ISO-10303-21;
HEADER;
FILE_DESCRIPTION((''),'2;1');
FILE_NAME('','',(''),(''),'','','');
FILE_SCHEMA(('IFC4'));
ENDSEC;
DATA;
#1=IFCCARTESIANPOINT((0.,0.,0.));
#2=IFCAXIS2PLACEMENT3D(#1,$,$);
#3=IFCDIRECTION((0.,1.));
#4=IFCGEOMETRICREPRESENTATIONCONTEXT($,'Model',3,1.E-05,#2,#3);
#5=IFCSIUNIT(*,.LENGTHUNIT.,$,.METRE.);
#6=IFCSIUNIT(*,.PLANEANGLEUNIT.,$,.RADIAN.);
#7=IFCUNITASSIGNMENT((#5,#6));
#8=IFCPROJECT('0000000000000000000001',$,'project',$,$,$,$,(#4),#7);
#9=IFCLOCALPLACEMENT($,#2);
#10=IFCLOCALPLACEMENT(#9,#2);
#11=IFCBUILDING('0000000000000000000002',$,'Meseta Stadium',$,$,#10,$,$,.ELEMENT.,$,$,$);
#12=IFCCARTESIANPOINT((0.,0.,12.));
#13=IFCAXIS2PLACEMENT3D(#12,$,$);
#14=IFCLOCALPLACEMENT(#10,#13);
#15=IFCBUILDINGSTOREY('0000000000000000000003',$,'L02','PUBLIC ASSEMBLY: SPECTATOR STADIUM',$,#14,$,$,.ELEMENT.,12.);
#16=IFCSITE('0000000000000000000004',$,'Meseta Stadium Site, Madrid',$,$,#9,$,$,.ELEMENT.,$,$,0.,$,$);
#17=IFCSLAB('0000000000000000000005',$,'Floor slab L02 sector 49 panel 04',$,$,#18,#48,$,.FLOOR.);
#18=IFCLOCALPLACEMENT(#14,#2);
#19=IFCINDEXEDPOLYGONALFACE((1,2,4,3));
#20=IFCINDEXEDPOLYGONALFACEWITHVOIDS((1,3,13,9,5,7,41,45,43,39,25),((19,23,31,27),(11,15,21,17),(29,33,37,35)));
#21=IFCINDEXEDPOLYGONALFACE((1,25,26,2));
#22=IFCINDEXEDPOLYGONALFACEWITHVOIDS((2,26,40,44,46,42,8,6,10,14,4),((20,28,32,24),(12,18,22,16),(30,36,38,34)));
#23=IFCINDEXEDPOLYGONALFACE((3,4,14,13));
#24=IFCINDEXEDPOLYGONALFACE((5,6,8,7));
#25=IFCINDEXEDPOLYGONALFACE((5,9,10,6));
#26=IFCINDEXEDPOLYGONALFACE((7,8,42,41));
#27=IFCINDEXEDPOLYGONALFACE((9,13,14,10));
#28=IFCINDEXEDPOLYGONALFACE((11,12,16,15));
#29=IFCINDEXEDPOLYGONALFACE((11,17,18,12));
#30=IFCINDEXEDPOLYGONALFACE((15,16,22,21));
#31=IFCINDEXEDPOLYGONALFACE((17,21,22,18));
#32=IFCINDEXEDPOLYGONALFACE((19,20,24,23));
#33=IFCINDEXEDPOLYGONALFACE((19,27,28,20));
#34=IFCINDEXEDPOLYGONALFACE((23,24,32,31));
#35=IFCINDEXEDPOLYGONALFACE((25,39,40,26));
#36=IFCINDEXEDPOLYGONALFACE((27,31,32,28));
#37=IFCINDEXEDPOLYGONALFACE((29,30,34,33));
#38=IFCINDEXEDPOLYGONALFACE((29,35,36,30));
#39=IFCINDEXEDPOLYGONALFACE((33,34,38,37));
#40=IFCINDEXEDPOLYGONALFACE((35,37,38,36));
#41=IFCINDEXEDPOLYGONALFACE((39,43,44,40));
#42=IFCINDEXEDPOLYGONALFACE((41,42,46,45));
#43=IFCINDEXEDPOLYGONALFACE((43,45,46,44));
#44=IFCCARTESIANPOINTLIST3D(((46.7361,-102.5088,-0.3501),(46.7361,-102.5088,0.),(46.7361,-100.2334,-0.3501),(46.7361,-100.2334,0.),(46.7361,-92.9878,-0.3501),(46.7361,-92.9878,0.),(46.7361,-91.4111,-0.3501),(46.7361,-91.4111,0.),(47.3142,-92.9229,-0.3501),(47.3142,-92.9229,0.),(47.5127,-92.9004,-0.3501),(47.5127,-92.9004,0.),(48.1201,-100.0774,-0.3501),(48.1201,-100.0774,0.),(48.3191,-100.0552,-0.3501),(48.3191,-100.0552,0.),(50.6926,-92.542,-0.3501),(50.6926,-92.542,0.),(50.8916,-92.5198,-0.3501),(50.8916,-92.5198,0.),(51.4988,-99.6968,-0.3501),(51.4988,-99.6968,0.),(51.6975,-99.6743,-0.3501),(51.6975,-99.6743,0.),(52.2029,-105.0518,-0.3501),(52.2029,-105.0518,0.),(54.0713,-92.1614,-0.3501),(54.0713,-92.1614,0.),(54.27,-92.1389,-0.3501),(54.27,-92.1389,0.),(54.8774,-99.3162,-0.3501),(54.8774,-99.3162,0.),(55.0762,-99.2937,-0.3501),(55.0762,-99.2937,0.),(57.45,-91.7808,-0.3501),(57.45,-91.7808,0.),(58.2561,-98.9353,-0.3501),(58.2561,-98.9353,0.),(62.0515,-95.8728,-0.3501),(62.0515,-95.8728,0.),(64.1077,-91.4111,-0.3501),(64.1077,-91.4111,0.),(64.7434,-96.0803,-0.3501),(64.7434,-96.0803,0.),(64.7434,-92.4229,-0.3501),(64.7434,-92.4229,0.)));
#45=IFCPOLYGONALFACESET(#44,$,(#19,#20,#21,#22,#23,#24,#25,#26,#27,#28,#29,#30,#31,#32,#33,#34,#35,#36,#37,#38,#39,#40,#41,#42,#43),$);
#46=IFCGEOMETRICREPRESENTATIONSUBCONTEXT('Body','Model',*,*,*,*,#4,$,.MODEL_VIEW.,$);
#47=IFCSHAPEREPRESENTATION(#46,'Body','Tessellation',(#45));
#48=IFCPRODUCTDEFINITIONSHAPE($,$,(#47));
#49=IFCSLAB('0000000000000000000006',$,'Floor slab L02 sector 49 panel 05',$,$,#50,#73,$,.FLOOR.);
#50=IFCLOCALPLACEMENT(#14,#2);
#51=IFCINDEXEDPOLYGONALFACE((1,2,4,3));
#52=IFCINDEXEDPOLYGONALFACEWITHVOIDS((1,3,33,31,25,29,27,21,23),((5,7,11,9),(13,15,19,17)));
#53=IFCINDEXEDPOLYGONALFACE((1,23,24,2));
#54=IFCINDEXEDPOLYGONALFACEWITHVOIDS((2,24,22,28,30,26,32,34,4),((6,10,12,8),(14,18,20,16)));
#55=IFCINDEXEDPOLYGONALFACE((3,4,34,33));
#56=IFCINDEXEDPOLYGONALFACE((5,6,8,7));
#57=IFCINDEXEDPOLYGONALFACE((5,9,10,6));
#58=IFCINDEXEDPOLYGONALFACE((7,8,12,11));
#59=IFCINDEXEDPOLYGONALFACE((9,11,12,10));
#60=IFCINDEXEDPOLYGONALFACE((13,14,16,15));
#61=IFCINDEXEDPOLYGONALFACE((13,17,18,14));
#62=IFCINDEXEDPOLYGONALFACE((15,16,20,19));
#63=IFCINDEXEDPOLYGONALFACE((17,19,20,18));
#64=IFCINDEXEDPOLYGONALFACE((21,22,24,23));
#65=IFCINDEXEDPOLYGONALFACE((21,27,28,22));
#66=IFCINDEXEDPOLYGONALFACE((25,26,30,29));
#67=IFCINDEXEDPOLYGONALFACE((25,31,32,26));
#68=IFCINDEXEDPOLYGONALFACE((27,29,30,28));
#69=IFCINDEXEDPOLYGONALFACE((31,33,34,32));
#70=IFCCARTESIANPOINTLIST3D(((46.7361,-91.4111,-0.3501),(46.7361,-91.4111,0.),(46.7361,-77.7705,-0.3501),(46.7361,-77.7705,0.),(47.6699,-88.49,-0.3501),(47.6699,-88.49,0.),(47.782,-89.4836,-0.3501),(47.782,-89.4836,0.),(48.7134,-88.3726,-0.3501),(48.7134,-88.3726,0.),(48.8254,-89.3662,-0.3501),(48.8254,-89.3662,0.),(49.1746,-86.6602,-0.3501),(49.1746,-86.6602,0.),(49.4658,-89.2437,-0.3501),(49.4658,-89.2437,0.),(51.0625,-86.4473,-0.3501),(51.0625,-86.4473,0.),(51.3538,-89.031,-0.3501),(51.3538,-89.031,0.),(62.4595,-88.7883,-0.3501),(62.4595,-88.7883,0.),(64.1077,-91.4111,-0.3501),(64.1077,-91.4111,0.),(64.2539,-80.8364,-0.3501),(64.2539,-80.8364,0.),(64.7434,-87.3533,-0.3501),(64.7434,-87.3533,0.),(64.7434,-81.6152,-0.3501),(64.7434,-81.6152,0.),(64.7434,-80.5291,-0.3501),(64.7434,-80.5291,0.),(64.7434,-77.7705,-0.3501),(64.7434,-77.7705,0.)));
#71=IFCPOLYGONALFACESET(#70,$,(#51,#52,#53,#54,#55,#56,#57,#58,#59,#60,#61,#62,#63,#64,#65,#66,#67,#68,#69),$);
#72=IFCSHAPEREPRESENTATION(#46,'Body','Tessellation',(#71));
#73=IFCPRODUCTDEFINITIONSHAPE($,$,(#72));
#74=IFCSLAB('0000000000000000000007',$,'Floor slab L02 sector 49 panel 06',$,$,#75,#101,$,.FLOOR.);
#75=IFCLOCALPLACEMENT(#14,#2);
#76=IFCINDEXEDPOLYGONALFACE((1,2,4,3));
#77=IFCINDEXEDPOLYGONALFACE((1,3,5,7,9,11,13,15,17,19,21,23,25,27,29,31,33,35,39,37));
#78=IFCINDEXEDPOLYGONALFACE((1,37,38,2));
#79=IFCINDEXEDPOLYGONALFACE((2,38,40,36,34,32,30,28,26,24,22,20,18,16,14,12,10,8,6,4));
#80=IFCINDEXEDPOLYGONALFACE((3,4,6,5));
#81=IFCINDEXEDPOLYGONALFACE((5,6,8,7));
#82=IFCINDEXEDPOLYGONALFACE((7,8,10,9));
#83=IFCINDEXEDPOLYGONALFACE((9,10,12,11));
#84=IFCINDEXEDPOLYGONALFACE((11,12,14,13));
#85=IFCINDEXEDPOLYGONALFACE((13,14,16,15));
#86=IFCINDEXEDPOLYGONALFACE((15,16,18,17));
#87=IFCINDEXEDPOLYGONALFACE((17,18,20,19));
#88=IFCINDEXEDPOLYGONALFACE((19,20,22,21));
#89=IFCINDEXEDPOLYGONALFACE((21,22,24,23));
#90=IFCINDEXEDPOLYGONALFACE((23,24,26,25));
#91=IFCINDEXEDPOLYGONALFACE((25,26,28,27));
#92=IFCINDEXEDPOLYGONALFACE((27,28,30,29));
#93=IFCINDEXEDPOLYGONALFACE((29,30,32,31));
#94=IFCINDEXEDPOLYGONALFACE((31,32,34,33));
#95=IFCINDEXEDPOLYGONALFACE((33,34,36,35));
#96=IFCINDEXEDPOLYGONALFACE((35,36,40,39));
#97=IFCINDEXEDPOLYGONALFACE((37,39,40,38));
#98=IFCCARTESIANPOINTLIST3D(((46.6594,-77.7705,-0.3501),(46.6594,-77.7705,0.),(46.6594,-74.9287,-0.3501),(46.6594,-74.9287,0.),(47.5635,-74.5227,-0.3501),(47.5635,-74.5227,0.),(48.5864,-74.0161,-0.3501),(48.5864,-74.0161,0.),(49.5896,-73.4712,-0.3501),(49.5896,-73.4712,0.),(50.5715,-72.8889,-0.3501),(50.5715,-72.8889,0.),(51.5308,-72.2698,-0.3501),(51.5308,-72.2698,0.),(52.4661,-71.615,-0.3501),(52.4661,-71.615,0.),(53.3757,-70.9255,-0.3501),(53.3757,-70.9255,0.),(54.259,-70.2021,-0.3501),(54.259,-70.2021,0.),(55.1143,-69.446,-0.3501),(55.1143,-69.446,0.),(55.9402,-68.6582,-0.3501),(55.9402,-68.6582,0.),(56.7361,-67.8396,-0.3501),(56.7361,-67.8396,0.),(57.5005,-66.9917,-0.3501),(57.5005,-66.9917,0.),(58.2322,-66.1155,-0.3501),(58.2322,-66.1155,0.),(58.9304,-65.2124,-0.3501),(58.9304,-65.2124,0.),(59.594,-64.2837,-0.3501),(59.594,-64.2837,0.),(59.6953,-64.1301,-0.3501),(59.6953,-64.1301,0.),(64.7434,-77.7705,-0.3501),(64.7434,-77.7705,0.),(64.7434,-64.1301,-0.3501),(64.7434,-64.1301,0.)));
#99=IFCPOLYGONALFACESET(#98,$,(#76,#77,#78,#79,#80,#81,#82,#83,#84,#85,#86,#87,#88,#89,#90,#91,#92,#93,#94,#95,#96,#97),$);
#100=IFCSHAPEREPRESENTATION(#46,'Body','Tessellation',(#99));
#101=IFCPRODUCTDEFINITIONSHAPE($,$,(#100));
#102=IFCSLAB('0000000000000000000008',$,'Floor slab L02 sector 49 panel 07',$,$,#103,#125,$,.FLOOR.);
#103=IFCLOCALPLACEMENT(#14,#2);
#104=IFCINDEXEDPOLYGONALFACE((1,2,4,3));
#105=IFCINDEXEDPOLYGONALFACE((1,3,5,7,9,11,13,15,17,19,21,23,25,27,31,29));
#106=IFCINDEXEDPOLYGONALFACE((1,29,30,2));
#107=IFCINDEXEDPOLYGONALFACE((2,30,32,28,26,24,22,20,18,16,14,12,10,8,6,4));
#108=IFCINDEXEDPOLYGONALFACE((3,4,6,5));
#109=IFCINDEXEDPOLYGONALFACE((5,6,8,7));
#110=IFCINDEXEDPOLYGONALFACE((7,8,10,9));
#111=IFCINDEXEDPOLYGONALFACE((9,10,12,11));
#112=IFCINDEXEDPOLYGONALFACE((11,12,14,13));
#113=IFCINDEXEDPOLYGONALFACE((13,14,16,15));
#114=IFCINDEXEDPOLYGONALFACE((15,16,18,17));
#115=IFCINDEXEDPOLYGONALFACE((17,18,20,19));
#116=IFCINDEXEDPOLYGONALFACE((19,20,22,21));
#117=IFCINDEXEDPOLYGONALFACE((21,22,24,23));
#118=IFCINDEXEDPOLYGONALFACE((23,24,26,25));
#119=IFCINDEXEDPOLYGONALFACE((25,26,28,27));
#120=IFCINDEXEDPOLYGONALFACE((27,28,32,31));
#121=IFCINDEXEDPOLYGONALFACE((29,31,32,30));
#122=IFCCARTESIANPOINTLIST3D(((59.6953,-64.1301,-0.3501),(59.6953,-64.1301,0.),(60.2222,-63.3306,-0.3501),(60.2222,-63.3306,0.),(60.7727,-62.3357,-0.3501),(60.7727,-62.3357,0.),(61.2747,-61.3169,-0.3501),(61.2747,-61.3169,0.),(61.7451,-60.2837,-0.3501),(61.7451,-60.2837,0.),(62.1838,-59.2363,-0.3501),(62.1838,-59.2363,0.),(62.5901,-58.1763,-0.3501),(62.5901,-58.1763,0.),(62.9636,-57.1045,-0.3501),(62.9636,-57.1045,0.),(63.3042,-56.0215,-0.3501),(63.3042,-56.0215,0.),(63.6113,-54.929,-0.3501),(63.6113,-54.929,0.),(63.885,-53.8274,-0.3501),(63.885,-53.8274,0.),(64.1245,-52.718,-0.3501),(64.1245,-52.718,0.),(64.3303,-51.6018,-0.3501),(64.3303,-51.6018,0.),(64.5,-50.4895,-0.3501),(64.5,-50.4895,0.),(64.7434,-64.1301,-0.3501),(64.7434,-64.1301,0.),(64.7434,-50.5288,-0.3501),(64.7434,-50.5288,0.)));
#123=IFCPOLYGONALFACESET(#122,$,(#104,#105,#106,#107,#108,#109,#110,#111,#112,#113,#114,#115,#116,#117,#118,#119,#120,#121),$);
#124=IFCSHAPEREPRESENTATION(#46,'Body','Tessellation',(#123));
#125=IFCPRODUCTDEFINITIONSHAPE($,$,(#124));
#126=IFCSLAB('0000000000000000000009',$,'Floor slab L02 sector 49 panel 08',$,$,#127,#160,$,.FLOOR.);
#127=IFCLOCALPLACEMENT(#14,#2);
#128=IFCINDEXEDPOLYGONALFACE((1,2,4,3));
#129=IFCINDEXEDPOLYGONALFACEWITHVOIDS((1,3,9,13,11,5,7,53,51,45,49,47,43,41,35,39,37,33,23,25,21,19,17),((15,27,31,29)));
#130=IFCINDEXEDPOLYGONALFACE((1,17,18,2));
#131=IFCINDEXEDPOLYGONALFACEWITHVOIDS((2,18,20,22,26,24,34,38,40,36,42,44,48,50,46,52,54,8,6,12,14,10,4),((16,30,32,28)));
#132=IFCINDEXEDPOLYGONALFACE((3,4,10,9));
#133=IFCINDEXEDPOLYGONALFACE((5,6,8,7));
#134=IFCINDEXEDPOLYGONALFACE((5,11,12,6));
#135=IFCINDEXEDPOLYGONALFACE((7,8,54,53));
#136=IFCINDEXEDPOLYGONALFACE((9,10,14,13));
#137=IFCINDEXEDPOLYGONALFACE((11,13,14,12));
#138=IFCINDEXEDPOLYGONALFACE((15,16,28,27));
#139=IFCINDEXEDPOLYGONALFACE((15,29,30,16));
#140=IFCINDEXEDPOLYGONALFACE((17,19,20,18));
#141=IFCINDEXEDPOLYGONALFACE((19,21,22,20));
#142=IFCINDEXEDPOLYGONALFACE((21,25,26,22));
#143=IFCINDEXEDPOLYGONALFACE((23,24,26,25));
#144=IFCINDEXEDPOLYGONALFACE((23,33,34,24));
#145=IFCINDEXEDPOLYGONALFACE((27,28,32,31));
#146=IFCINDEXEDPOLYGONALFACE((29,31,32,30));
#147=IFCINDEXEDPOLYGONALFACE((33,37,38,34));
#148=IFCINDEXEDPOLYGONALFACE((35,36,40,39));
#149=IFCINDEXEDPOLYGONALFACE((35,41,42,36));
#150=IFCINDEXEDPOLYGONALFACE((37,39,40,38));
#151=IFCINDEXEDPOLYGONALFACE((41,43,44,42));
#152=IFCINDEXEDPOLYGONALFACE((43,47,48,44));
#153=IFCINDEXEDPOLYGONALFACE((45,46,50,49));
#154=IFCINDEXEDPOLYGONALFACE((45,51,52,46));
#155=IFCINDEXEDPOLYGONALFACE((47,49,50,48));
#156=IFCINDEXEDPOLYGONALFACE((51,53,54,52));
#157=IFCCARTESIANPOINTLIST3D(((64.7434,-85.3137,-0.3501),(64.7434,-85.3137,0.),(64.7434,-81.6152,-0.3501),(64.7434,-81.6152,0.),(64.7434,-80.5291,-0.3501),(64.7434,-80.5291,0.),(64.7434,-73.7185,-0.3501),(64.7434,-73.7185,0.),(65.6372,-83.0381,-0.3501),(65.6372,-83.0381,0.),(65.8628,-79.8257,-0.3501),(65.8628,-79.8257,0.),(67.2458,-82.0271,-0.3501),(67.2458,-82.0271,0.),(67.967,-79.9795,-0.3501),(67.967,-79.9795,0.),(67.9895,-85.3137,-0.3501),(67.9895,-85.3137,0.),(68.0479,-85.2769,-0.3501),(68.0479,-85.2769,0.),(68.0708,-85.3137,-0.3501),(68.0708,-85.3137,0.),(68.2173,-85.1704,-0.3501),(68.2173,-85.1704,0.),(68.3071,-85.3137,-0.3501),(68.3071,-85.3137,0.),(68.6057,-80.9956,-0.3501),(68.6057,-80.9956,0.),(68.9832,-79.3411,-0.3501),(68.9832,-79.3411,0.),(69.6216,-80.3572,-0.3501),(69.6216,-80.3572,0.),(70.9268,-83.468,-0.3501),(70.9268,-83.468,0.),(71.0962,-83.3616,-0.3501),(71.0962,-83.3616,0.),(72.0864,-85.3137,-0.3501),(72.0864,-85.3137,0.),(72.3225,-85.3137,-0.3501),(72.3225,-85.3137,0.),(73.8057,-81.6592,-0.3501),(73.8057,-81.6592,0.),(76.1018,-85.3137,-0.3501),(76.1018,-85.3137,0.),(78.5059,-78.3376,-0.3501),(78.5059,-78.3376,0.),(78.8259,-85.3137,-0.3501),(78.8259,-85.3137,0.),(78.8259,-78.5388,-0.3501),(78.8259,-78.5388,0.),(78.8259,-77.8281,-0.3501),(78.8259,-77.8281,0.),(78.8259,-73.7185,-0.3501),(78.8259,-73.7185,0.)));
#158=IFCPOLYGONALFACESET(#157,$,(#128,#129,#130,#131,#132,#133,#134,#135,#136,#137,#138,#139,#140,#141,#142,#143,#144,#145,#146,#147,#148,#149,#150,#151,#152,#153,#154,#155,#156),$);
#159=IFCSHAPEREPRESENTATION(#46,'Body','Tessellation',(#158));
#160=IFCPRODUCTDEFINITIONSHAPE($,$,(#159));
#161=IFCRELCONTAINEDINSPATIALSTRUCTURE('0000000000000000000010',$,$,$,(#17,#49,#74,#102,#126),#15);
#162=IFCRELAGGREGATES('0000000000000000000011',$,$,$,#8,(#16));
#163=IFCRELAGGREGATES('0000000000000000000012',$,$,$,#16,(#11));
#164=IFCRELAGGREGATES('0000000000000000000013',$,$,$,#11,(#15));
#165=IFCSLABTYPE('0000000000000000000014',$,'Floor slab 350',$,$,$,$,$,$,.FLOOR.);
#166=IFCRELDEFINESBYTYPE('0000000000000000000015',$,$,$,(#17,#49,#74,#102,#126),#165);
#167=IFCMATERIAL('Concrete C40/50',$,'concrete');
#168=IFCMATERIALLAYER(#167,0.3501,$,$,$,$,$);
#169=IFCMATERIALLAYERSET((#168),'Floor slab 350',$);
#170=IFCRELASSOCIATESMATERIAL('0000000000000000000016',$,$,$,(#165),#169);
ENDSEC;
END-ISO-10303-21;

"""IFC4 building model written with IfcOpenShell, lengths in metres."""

from ifc_helpers import new_model, si_unit, direction, frame, origin, place, context, subcontext, project, spatial, polyline, outline, extrude, material, layer, layer_set, type_object, element, save


model = new_model("IFC4")

# Units and contexts
model_context = context("Model", 3, precision=1e-05, world=origin(), true_north=direction((0.0, 1.0)))
body_context = subcontext(model_context, "Body", "Model", "MODEL_VIEW")
ifc_project = project(units=[si_unit("LENGTHUNIT", "METRE"), si_unit("PLANEANGLEUNIT", "RADIAN")], contexts=[model_context])

# Site, building, storey
site_placement = place(None, origin())
site = spatial("IfcSite", under=ifc_project, at=site_placement, Name="Meseta Stadium Site, Madrid", CompositionType="ELEMENT", RefElevation=0.0)
building_placement = place(site_placement, origin())
building = spatial("IfcBuilding", under=site, at=building_placement, Name="Meseta Stadium", CompositionType="ELEMENT")
storey_placement = place(building_placement, frame((0.0, 0.0, 12.0)))
storey = spatial("IfcBuildingStorey", under=building, at=storey_placement, Name="L02", Description="PUBLIC ASSEMBLY: SPECTATOR STADIUM", CompositionType="ELEMENT", Elevation=12.0)

# Slabs
ifc_material_1 = material(Name="Concrete C40/50", Category="concrete")
ifc_layer_1 = layer(ifc_material_1, 0.3501)
ifc_layer_set_1 = layer_set([ifc_layer_1], Name="Floor slab 350")
slab_type_1 = type_object("IfcSlabType", Name="Floor slab 350", PredefinedType="FLOOR", material=ifc_layer_set_1)
slab_1_placement = place(storey_placement, frame((0.0, 0.0, -0.3501)))
element("IfcSlab", 1, at=slab_1_placement, inside=storey, type_object=slab_type_1, Name="Floor slab L02 sector 49 panel 04", PredefinedType="FLOOR", context=body_context, shape_type="SweptSolid", body=[
    extrude(outline(polyline([(48.1201, -100.0774), (46.7361, -100.2334), (46.7361, -102.5088), (52.2029, -105.0518), (62.0515, -95.8728), (64.7434, -96.0803), (64.7434, -92.4229), (64.1077, -91.4111), (46.7361, -91.4111), (46.7361, -92.9878), (47.3142, -92.9229), (48.1201, -100.0774)]), holes=[polyline([(50.6926, -92.542), (51.4988, -99.6968), (48.3191, -100.0552), (47.5127, -92.9004), (50.6926, -92.542)]), polyline([(54.0713, -92.1614), (54.8774, -99.3162), (51.6975, -99.6743), (50.8916, -92.5198), (54.0713, -92.1614)]), polyline([(57.45, -91.7808), (58.2561, -98.9353), (55.0762, -99.2937), (54.27, -92.1389), (57.45, -91.7808)])]), origin(), (0.0, 0.0, 1.0), 0.3501),
])
slab_2_placement = place(storey_placement, frame((0.0, 0.0, -0.3501)))
element("IfcSlab", 2, at=slab_2_placement, inside=storey, type_object=slab_type_1, Name="Floor slab L02 sector 49 panel 05", PredefinedType="FLOOR", context=body_context, shape_type="SweptSolid", body=[
    extrude(outline(polyline([(64.7434, -77.7705), (46.7361, -77.7705), (46.7361, -91.4111), (64.1077, -91.4111), (62.4595, -88.7883), (64.7434, -87.3533), (64.7434, -81.6152), (64.2539, -80.8364), (64.7434, -80.5291), (64.7434, -77.7705)]), holes=[polyline([(51.0625, -86.4473), (51.3538, -89.031), (49.4658, -89.2437), (49.1746, -86.6602), (51.0625, -86.4473)]), polyline([(47.782, -89.4836), (47.6699, -88.49), (48.7134, -88.3726), (48.8254, -89.3662), (47.782, -89.4836)])]), origin(), (0.0, 0.0, 1.0), 0.3501),
])
slab_3_placement = place(storey_placement, frame((0.0, 0.0, -0.3501)))
element("IfcSlab", 3, at=slab_3_placement, inside=storey, type_object=slab_type_1, Name="Floor slab L02 sector 49 panel 06", PredefinedType="FLOOR", context=body_context, shape_type="SweptSolid", body=[
    extrude(outline(polyline([(49.5896, -73.4712), (48.5864, -74.0161), (47.5635, -74.5227), (46.6594, -74.9287), (46.6594, -77.7705), (64.7434, -77.7705), (64.7434, -64.1301), (59.6953, -64.1301), (59.594, -64.2837), (58.9304, -65.2124), (58.2322, -66.1155), (57.5005, -66.9917), (56.7361, -67.8396), (55.9402, -68.6582), (55.1143, -69.446), (54.259, -70.2021), (53.3757, -70.9255), (52.4661, -71.615), (51.5308, -72.2698), (50.5715, -72.8889), (49.5896, -73.4712)])), origin(), (0.0, 0.0, 1.0), 0.3501),
])
slab_4_placement = place(storey_placement, frame((0.0, 0.0, -0.3501)))
element("IfcSlab", 4, at=slab_4_placement, inside=storey, type_object=slab_type_1, Name="Floor slab L02 sector 49 panel 07", PredefinedType="FLOOR", context=body_context, shape_type="SweptSolid", body=[
    extrude(outline(polyline([(60.7727, -62.3357), (60.2222, -63.3306), (59.6953, -64.1301), (64.7434, -64.1301), (64.7434, -50.5288), (64.5, -50.4895), (64.3303, -51.6018), (64.1245, -52.718), (63.885, -53.8274), (63.6113, -54.929), (63.3042, -56.0215), (62.9636, -57.1045), (62.5901, -58.1763), (62.1838, -59.2363), (61.7451, -60.2837), (61.2747, -61.3169), (60.7727, -62.3357)])), origin(), (0.0, 0.0, 1.0), 0.3501),
])
slab_5_placement = place(storey_placement, frame((0.0, 0.0, -0.3501)))
element("IfcSlab", 5, at=slab_5_placement, inside=storey, type_object=slab_type_1, Name="Floor slab L02 sector 49 panel 08", PredefinedType="FLOOR", context=body_context, shape_type="SweptSolid", body=[
    extrude(outline(polyline([(65.6372, -83.0381), (64.7434, -81.6152), (64.7434, -85.3137), (67.9895, -85.3137), (68.0479, -85.2769), (68.0708, -85.3137), (68.3071, -85.3137), (68.2173, -85.1704), (70.9268, -83.468), (72.0864, -85.3137), (72.3225, -85.3137), (71.0962, -83.3616), (73.8057, -81.6592), (76.1018, -85.3137), (78.8259, -85.3137), (78.8259, -78.5388), (78.5059, -78.3376), (78.8259, -77.8281), (78.8259, -73.7185), (64.7434, -73.7185), (64.7434, -80.5291), (65.8628, -79.8257), (67.2458, -82.0271), (65.6372, -83.0381)]), holes=[polyline([(67.967, -79.9795), (68.9832, -79.3411), (69.6216, -80.3572), (68.6057, -80.9956), (67.967, -79.9795)])]), origin(), (0.0, 0.0, 1.0), 0.3501),
])

save(model, "model.ifc")
